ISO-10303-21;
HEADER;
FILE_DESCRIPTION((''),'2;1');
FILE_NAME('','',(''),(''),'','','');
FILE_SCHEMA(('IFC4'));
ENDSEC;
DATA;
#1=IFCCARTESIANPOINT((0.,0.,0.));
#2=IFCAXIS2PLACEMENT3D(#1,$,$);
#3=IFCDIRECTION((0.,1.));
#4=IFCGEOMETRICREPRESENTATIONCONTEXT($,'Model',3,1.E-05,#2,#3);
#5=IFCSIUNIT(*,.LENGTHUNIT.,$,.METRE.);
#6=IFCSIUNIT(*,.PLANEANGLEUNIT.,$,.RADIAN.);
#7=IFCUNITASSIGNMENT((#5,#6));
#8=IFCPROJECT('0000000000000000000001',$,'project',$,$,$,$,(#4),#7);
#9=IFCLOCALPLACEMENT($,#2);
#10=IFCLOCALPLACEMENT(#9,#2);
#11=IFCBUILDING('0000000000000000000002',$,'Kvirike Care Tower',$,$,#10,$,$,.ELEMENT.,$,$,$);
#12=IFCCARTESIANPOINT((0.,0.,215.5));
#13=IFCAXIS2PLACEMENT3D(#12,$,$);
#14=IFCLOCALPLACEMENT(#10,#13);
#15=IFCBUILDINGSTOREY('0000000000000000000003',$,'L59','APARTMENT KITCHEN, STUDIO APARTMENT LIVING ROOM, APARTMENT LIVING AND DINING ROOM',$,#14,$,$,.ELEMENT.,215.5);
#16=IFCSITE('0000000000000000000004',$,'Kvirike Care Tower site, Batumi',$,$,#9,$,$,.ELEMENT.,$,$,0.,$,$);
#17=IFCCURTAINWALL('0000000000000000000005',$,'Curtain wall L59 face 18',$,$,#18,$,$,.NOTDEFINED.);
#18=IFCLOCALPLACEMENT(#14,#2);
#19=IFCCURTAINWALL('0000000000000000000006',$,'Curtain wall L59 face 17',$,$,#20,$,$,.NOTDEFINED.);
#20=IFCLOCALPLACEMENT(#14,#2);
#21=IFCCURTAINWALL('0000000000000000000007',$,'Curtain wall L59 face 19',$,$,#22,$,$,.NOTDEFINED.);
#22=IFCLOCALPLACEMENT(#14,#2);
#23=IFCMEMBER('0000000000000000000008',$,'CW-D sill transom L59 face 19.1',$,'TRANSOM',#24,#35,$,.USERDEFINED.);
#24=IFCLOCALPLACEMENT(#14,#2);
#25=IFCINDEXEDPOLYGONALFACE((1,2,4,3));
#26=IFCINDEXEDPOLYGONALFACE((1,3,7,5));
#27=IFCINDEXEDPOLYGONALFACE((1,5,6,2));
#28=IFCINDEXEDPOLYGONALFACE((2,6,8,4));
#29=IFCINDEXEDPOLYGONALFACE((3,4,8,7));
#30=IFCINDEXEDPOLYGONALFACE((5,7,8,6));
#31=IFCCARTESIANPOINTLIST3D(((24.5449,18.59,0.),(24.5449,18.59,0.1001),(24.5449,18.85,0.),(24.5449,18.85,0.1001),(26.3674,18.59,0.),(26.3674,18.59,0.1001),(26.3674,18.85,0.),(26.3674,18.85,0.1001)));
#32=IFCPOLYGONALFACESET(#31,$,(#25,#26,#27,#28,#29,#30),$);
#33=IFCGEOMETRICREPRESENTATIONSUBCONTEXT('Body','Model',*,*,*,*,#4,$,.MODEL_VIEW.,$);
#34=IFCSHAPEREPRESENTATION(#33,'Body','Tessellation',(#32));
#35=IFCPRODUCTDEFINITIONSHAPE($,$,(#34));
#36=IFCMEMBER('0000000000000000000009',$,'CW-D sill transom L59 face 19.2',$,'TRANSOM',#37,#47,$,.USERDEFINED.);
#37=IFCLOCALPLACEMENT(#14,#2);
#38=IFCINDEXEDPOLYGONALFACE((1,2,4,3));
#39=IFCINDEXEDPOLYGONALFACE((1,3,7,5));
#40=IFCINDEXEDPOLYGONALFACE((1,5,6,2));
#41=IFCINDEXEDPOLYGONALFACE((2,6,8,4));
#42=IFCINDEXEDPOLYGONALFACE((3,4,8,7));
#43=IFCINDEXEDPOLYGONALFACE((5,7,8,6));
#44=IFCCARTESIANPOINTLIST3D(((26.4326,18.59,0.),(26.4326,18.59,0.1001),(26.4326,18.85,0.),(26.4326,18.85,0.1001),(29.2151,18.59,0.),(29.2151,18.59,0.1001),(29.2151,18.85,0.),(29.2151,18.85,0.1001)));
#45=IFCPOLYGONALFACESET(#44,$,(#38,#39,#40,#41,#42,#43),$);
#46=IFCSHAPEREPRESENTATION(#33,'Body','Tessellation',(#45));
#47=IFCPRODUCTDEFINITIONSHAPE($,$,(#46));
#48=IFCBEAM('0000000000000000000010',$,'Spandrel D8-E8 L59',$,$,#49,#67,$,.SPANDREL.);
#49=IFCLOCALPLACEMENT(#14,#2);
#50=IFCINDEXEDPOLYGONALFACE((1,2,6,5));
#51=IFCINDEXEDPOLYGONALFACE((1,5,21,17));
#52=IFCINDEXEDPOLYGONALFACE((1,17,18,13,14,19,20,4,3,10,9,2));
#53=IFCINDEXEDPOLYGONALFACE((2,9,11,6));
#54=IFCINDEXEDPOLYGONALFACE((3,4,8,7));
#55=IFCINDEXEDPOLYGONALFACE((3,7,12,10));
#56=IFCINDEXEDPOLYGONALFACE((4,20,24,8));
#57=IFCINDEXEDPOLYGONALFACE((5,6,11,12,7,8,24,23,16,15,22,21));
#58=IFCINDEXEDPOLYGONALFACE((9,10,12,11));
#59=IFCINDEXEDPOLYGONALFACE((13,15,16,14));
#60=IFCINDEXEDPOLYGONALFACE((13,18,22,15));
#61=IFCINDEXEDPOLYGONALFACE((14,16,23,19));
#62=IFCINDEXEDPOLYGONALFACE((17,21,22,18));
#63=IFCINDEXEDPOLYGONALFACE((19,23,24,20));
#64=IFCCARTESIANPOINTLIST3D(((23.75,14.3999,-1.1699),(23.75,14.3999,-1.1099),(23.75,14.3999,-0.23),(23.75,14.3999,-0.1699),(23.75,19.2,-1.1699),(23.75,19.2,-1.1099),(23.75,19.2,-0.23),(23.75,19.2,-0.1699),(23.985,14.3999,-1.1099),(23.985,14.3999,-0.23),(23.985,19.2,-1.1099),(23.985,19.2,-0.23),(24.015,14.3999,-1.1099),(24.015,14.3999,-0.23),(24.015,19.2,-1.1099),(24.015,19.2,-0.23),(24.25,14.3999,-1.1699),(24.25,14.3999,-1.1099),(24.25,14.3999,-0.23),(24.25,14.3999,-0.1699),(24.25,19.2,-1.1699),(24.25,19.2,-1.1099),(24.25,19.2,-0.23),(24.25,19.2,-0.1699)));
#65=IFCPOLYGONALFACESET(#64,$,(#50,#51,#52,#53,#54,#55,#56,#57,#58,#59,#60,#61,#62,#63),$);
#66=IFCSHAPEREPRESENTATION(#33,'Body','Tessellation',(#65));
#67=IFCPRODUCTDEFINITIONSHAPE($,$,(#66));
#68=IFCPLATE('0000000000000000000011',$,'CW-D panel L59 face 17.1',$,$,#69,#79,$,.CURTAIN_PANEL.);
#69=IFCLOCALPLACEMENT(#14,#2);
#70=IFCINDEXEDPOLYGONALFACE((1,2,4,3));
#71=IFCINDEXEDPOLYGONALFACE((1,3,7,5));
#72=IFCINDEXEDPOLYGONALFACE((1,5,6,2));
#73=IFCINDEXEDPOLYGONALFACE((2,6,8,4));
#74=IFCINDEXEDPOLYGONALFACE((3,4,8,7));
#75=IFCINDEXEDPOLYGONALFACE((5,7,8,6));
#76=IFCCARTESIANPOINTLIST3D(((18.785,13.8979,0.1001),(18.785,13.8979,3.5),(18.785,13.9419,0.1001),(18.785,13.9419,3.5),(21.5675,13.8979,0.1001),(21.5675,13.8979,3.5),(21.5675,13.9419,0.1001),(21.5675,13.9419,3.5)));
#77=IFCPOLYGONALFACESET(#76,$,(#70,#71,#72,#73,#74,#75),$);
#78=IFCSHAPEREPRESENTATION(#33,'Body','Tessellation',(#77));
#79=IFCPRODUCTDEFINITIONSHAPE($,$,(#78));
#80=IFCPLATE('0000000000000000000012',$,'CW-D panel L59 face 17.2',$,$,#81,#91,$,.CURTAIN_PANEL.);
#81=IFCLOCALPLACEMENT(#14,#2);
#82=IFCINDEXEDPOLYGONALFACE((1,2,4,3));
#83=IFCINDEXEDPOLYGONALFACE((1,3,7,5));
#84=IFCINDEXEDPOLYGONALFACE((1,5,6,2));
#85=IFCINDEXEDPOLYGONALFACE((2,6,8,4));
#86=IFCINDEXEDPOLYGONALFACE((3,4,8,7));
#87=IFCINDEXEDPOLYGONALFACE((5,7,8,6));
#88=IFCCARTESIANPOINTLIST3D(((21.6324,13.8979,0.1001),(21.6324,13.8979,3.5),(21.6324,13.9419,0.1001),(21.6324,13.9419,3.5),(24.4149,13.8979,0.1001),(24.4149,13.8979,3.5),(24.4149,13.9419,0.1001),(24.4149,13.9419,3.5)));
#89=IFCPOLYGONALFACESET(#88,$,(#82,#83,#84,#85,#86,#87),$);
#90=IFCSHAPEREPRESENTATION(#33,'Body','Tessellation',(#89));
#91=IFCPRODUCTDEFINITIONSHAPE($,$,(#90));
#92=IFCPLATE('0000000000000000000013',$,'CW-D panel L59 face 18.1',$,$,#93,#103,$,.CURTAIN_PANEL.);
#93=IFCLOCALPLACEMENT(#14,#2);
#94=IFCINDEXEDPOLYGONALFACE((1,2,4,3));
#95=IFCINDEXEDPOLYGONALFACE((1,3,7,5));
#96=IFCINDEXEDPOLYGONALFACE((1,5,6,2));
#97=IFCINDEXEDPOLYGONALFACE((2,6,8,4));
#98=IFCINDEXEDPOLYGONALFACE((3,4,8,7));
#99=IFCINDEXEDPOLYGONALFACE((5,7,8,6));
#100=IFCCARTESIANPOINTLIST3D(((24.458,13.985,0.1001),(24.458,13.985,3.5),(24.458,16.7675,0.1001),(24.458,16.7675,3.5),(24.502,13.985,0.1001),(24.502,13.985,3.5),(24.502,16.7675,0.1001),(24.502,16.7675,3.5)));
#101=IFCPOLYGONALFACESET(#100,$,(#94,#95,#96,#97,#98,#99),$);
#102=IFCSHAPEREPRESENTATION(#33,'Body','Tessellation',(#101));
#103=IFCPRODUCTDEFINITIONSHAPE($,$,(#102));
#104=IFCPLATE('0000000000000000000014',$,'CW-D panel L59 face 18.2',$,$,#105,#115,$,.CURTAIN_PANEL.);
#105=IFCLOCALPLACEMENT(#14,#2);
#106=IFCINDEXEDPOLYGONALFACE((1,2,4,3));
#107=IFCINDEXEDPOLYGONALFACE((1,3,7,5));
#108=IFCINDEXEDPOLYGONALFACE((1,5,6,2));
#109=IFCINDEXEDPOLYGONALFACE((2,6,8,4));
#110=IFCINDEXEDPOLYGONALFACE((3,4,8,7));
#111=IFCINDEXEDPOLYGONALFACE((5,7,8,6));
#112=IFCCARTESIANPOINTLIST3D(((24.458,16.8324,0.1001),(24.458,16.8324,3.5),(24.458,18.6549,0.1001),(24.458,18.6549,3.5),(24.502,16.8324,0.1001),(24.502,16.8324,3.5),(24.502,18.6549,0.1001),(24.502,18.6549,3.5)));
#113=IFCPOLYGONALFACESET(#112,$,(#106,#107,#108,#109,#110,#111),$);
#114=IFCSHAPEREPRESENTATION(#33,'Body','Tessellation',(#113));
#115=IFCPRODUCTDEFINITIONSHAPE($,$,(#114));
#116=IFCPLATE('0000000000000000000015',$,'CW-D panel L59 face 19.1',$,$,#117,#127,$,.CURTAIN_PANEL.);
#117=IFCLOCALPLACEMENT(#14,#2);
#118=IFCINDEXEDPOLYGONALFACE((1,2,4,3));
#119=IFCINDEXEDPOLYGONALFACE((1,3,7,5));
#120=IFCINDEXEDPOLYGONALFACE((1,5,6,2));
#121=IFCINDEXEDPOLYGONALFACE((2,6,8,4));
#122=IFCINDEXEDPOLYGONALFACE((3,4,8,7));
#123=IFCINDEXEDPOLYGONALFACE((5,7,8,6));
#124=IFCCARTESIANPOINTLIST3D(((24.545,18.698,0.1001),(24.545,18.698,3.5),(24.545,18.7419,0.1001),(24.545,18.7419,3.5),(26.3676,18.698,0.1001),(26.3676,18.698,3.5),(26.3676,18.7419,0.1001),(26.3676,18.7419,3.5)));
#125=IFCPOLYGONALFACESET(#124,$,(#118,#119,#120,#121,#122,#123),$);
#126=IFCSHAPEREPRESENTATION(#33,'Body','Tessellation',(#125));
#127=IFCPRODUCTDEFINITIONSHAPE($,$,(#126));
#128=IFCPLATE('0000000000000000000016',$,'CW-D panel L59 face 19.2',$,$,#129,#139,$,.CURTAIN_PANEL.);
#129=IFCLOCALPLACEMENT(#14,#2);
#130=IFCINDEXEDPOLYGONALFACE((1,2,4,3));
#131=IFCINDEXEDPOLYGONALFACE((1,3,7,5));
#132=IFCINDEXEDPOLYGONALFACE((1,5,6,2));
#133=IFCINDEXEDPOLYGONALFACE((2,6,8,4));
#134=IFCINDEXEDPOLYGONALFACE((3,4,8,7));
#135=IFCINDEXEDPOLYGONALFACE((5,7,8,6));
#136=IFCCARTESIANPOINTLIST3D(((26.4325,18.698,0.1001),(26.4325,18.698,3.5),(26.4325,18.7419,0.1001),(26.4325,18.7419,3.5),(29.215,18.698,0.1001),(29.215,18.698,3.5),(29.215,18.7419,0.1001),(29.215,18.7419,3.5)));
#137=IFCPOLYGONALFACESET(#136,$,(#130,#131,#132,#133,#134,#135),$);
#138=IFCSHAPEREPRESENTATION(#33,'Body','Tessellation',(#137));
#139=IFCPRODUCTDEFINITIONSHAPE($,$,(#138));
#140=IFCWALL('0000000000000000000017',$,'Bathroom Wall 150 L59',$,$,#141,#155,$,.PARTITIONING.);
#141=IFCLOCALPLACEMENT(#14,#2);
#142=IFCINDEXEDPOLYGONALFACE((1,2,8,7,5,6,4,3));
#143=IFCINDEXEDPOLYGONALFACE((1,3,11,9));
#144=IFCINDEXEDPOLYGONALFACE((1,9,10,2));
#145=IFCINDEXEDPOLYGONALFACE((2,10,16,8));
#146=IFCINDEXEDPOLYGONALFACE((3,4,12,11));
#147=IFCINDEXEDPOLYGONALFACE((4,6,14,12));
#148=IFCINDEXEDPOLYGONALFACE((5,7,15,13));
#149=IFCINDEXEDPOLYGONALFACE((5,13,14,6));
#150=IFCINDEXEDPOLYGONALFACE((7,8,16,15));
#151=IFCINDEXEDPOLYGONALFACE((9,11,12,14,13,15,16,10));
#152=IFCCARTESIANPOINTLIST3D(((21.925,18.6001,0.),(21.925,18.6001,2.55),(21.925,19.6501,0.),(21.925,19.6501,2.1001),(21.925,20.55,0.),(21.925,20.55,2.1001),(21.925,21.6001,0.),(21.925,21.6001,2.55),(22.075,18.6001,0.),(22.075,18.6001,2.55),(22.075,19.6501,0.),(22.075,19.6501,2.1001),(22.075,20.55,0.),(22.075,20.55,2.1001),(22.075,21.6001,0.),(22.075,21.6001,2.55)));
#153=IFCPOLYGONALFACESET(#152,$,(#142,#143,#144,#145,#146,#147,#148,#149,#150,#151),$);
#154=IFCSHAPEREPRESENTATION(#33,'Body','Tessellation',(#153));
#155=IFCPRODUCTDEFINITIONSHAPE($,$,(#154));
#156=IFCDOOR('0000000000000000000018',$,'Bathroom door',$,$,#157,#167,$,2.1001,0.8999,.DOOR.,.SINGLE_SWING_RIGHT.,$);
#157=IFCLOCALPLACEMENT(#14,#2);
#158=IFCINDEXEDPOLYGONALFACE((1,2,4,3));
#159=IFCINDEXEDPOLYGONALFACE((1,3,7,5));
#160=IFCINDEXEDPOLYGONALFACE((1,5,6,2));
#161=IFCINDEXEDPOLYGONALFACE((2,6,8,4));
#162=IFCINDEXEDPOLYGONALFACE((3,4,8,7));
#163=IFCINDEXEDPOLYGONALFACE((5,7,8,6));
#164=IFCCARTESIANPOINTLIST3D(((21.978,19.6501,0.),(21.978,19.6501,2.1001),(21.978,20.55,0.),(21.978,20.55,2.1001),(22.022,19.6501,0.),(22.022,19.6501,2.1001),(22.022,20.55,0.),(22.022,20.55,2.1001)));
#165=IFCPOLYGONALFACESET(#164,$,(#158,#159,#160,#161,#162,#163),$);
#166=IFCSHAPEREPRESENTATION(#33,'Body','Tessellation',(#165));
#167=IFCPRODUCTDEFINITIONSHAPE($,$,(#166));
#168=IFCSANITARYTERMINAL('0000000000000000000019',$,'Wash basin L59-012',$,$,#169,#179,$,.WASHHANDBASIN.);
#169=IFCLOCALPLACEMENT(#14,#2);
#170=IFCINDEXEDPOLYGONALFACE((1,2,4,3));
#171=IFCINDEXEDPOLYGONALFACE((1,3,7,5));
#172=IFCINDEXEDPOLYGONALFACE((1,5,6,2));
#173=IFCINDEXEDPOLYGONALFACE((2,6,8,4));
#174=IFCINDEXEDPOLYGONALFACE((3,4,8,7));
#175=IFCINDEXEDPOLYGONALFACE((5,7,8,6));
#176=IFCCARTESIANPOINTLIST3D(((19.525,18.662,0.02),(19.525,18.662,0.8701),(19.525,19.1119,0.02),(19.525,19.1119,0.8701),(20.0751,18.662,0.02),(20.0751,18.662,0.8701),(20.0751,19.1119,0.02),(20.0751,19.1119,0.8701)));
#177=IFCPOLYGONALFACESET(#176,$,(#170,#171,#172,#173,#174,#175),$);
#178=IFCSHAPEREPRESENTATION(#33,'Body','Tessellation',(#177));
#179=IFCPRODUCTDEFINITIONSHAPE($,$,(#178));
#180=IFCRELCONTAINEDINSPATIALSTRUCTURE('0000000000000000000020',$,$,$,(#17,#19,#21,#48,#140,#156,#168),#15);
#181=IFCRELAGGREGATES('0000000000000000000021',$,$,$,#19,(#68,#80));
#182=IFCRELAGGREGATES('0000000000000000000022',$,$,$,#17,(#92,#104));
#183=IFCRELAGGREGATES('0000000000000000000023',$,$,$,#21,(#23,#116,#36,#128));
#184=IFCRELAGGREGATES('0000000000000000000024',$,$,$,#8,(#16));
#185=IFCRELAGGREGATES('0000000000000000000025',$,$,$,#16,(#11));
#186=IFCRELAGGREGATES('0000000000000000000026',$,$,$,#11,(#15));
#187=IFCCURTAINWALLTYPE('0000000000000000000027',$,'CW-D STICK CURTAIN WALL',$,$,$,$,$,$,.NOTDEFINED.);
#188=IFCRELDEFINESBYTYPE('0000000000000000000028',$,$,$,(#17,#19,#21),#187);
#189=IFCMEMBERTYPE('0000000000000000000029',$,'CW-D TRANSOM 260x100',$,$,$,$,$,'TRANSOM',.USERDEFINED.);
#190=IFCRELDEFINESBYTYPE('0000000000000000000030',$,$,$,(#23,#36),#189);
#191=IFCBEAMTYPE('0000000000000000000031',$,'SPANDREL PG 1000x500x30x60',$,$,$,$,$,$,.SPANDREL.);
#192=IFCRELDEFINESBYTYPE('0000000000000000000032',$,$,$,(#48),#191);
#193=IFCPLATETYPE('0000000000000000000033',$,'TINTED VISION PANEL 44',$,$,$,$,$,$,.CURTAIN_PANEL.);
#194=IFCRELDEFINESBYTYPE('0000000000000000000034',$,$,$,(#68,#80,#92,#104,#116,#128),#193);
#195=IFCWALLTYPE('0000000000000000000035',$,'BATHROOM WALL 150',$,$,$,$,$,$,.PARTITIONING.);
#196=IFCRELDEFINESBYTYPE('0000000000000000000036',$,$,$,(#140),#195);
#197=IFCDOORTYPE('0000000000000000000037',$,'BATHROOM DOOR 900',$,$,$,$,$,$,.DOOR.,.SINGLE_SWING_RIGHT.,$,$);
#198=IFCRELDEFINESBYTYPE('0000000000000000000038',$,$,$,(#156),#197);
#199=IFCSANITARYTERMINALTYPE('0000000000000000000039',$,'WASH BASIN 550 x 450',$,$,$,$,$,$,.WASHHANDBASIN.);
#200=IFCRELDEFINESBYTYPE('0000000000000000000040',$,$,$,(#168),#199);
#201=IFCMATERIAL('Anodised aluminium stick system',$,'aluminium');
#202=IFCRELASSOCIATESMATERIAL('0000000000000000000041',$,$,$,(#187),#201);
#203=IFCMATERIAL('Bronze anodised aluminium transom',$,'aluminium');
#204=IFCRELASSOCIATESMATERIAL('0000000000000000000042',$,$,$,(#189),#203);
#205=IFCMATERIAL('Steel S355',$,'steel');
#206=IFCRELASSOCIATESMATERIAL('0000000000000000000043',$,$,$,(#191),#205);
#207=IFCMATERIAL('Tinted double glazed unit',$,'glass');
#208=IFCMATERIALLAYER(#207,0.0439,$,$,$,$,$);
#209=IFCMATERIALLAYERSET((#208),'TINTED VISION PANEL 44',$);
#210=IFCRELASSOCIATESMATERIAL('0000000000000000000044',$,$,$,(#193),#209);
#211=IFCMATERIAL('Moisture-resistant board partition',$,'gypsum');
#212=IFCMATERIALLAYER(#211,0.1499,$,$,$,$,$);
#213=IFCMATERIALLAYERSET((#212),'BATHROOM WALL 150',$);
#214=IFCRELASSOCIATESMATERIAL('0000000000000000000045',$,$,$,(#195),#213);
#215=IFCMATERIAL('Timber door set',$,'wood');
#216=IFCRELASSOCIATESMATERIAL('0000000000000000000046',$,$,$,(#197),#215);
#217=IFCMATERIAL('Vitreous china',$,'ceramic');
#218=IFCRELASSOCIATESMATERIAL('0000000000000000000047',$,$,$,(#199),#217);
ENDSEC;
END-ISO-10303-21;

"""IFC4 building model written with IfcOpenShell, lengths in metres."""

from ifc_helpers import new_model, si_unit, direction, frame, frame_2d, origin, origin_2d, place, context, subcontext, project, spatial, rectangle, i_section, extrude, material, layer, layer_set, material_profile, profile_set, type_object, element, fill, aggregate, save


model = new_model("IFC4")

# Units and contexts
model_context = context("Model", 3, precision=1e-05, world=origin(), true_north=direction((0.0, 1.0)))
body_context = subcontext(model_context, "Body", "Model", "MODEL_VIEW")
ifc_project = project(units=[si_unit("LENGTHUNIT", "METRE"), si_unit("PLANEANGLEUNIT", "RADIAN")], contexts=[model_context])

# Site, building, storey
site_placement = place(None, origin())
site = spatial("IfcSite", under=ifc_project, at=site_placement, Name="Kvirike Care Tower site, Batumi", CompositionType="ELEMENT", RefElevation=0.0)
building_placement = place(site_placement, origin())
building = spatial("IfcBuilding", under=site, at=building_placement, Name="Kvirike Care Tower", CompositionType="ELEMENT")
storey_placement = place(building_placement, frame((0.0, 0.0, 215.5)))
storey = spatial("IfcBuildingStorey", under=building, at=storey_placement, Name="L59", Description="APARTMENT KITCHEN, STUDIO APARTMENT LIVING ROOM, APARTMENT LIVING AND DINING ROOM", CompositionType="ELEMENT", Elevation=215.5)

# Curtain wall
ifc_material_1 = material(Name="Anodised aluminium stick system", Category="aluminium")
curtain_wall_type = type_object("IfcCurtainWallType", Name="CW-D STICK CURTAIN WALL", PredefinedType="NOTDEFINED", material=ifc_material_1)
curtain_wall_1_placement = place(storey_placement, origin())
curtain_wall_1 = element("IfcCurtainWall", 1, at=curtain_wall_1_placement, inside=storey, type_object=curtain_wall_type, Name="Curtain wall L59 face 18", PredefinedType="NOTDEFINED")

# Curtain wall
curtain_wall_2_placement = place(storey_placement, origin())
curtain_wall_2 = element("IfcCurtainWall", 2, at=curtain_wall_2_placement, inside=storey, type_object=curtain_wall_type, Name="Curtain wall L59 face 17", PredefinedType="NOTDEFINED")

# Curtain wall
curtain_wall_3_placement = place(storey_placement, origin())
curtain_wall_3 = element("IfcCurtainWall", 3, at=curtain_wall_3_placement, inside=storey, type_object=curtain_wall_type, Name="Curtain wall L59 face 19", PredefinedType="NOTDEFINED")

# Members
ifc_material_2 = material(Name="Bronze anodised aluminium transom", Category="aluminium")
ifc_material_profile_1 = material_profile(ifc_material_2, rectangle(XDim=0.26, YDim=0.1001, at=origin_2d()), Name="CW-D TRANSOM 260x100")
ifc_profile_set_1 = profile_set([ifc_material_profile_1], Name="Bronze anodised aluminium transom")
member_type_1 = type_object("IfcMemberType", Name="CW-D TRANSOM 260x100", ElementType="TRANSOM", PredefinedType="USERDEFINED", material=ifc_profile_set_1)
member_1_placement = place(storey_placement, frame((24.5449, 18.72, 0.05), z_axis=(1.0, 0.0, 0.0), x_axis=(0.0, 1.0, 0.0)))
member_1 = element("IfcMember", 4, at=member_1_placement, type_object=member_type_1, Name="CW-D sill transom L59 face 19.1", ObjectType="TRANSOM", PredefinedType="USERDEFINED", context=body_context, shape_type="SweptSolid", body=[
    extrude(rectangle(XDim=0.26, YDim=0.1001, at=origin_2d()), origin(), (0.0, 0.0, 1.0), 1.8225),
])
member_2_placement = place(storey_placement, frame((26.4326, 18.72, 0.05), z_axis=(1.0, 0.0, 0.0), x_axis=(0.0, 1.0, 0.0)))
member_2 = element("IfcMember", 5, at=member_2_placement, type_object=member_type_1, Name="CW-D sill transom L59 face 19.2", ObjectType="TRANSOM", PredefinedType="USERDEFINED", context=body_context, shape_type="SweptSolid", body=[
    extrude(rectangle(XDim=0.26, YDim=0.1001, at=origin_2d()), origin(), (0.0, 0.0, 1.0), 2.7825),
])

# Beam
ifc_material_3 = material(Name="Steel S355", Category="steel")
ifc_material_profile_2 = material_profile(ifc_material_3, i_section(OverallWidth=0.5, OverallDepth=1.0, WebThickness=0.03, FlangeThickness=0.0601, at=origin_2d()), Name="PG 1000x500x30x60")
ifc_profile_set_2 = profile_set([ifc_material_profile_2], Name="Steel S355")
beam_type = type_object("IfcBeamType", Name="SPANDREL PG 1000x500x30x60", PredefinedType="SPANDREL", material=ifc_profile_set_2)
beam_placement = place(storey_placement, frame((24.0, 14.3999, -0.6699), z_axis=(0.0, 1.0, 0.0), x_axis=(-1.0, 0.0, 0.0)))
element("IfcBeam", 6, at=beam_placement, inside=storey, type_object=beam_type, Name="Spandrel D8-E8 L59", PredefinedType="SPANDREL", context=body_context, shape_type="SweptSolid", body=[
    extrude(i_section(OverallWidth=0.5, OverallDepth=1.0, WebThickness=0.03, FlangeThickness=0.0601, at=origin_2d()), origin(), (0.0, 0.0, 1.0), 4.8),
])

# Plates
ifc_material_4 = material(Name="Tinted double glazed unit", Category="glass")
ifc_layer_1 = layer(ifc_material_4, 0.0439)
ifc_layer_set_1 = layer_set([ifc_layer_1], Name="TINTED VISION PANEL 44")
plate_type = type_object("IfcPlateType", Name="TINTED VISION PANEL 44", PredefinedType="CURTAIN_PANEL", material=ifc_layer_set_1)
plate_1_placement = place(storey_placement, frame((20.1763, 13.9199, 0.1001), z_axis=(0.0, 0.0, 1.0), x_axis=(1.0, 0.0, 0.0)))
plate_1 = element("IfcPlate", 7, at=plate_1_placement, type_object=plate_type, Name="CW-D panel L59 face 17.1", PredefinedType="CURTAIN_PANEL", context=body_context, shape_type="SweptSolid", body=[
    extrude(rectangle(XDim=2.7825, YDim=0.0439, at=origin_2d()), origin(), (0.0, 0.0, 1.0), 3.3999),
])
plate_2_placement = place(storey_placement, frame((23.0237, 13.9199, 0.1001), z_axis=(0.0, 0.0, 1.0), x_axis=(1.0, 0.0, 0.0)))
plate_2 = element("IfcPlate", 8, at=plate_2_placement, type_object=plate_type, Name="CW-D panel L59 face 17.2", PredefinedType="CURTAIN_PANEL", context=body_context, shape_type="SweptSolid", body=[
    extrude(rectangle(XDim=2.7825, YDim=0.0439, at=origin_2d()), origin(), (0.0, 0.0, 1.0), 3.3999),
])
aggregate(curtain_wall_2, [plate_1, plate_2])
plate_3_placement = place(storey_placement, frame((24.48, 15.3762, 0.1001), z_axis=(0.0, 0.0, 1.0), x_axis=(0.0, 1.0, 0.0)))
plate_3 = element("IfcPlate", 9, at=plate_3_placement, type_object=plate_type, Name="CW-D panel L59 face 18.1", PredefinedType="CURTAIN_PANEL", context=body_context, shape_type="SweptSolid", body=[
    extrude(rectangle(XDim=2.7825, YDim=0.0439, at=origin_2d()), origin(), (0.0, 0.0, 1.0), 3.3999),
])
plate_4_placement = place(storey_placement, frame((24.48, 17.7437, 0.1001), z_axis=(0.0, 0.0, 1.0), x_axis=(0.0, 1.0, 0.0)))
plate_4 = element("IfcPlate", 10, at=plate_4_placement, type_object=plate_type, Name="CW-D panel L59 face 18.2", PredefinedType="CURTAIN_PANEL", context=body_context, shape_type="SweptSolid", body=[
    extrude(rectangle(XDim=1.8225, YDim=0.0439, at=origin_2d()), origin(), (0.0, 0.0, 1.0), 3.3999),
])
aggregate(curtain_wall_1, [plate_3, plate_4])
plate_5_placement = place(storey_placement, frame((25.4563, 18.72, 0.1001), z_axis=(0.0, 0.0, 1.0), x_axis=(1.0, 0.0, 0.0)))
plate_5 = element("IfcPlate", 11, at=plate_5_placement, type_object=plate_type, Name="CW-D panel L59 face 19.1", PredefinedType="CURTAIN_PANEL", context=body_context, shape_type="SweptSolid", body=[
    extrude(rectangle(XDim=1.8225, YDim=0.0439, at=origin_2d()), origin(), (0.0, 0.0, 1.0), 3.3999),
])
plate_6_placement = place(storey_placement, frame((27.8237, 18.72, 0.1001), z_axis=(0.0, 0.0, 1.0), x_axis=(1.0, 0.0, 0.0)))
plate_6 = element("IfcPlate", 12, at=plate_6_placement, type_object=plate_type, Name="CW-D panel L59 face 19.2", PredefinedType="CURTAIN_PANEL", context=body_context, shape_type="SweptSolid", body=[
    extrude(rectangle(XDim=2.7825, YDim=0.0439, at=origin_2d()), origin(), (0.0, 0.0, 1.0), 3.3999),
])
aggregate(curtain_wall_3, [member_1, plate_5, member_2, plate_6])

# Wall, opening, door
ifc_material_5 = material(Name="Moisture-resistant board partition", Category="gypsum")
ifc_layer_2 = layer(ifc_material_5, 0.1499)
ifc_layer_set_2 = layer_set([ifc_layer_2], Name="BATHROOM WALL 150")
wall_type = type_object("IfcWallType", Name="BATHROOM WALL 150", PredefinedType="PARTITIONING", material=ifc_layer_set_2)
wall_placement = place(storey_placement, frame((22.0, 18.6001, 0.0), z_axis=(0.0, 0.0, 1.0), x_axis=(0.0, 1.0, 0.0)))
wall = element("IfcWall", 13, at=wall_placement, inside=storey, type_object=wall_type, Name="Bathroom Wall 150 L59", PredefinedType="PARTITIONING", context=body_context, shape_type="SweptSolid", body=[
    extrude(rectangle(XDim=3.0, YDim=0.1499, at=frame_2d((1.5, 0.0))), origin(), (0.0, 0.0, 1.0), 2.55),
])
opening_placement = place(wall_placement, frame((1.05, 0.0, 0.0)))
opening = element("IfcOpeningElement", 14, at=opening_placement, cuts=wall, PredefinedType="OPENING", context=body_context, shape_type="SweptSolid", body=[
    extrude(rectangle(XDim=0.8999, YDim=2.1001, at=frame_2d((0.45, 1.05))), frame((0.0, 0.0854, 0.0), z_axis=(0.0, -1.0, 0.0), x_axis=(1.0, 0.0, 0.0)), (0.0, 0.0, 1.0), 0.1709),
])
ifc_material_6 = material(Name="Timber door set", Category="wood")
door_type = type_object("IfcDoorType", Name="BATHROOM DOOR 900", OperationType="SINGLE_SWING_RIGHT", PredefinedType="DOOR", material=ifc_material_6)
door_placement = place(opening_placement, origin())
door = element("IfcDoor", 15, at=door_placement, inside=storey, type_object=door_type, Name="Bathroom door", OperationType="SINGLE_SWING_RIGHT", OverallHeight=2.1001, OverallWidth=0.8999, PredefinedType="DOOR", context=body_context, shape_type="SweptSolid", body=[
    extrude(rectangle(XDim=0.8999, YDim=2.1001, at=frame_2d((0.45, 1.05))), frame((0.0, 0.022, 0.0), z_axis=(0.0, -1.0, 0.0), x_axis=(1.0, 0.0, 0.0)), (0.0, 0.0, 1.0), 0.0439),
])
fill(opening, door)

# Sanitary terminal
ifc_material_7 = material(Name="Vitreous china", Category="ceramic")
sanitary_terminal_type = type_object("IfcSanitaryTerminalType", Name="WASH BASIN 550 x 450", PredefinedType="WASHHANDBASIN", material=ifc_material_7)
sanitary_terminal_placement = place(storey_placement, frame((19.8, 18.887, 0.02), z_axis=(0.0, 0.0, 1.0), x_axis=(-1.0, 0.0, 0.0)))
element("IfcSanitaryTerminal", 16, at=sanitary_terminal_placement, inside=storey, type_object=sanitary_terminal_type, Name="Wash basin L59-012", PredefinedType="WASHHANDBASIN", context=body_context, shape_type="SweptSolid", body=[
    extrude(rectangle(XDim=0.55, YDim=0.45, at=origin_2d()), origin(), (0.0, 0.0, 1.0), 0.8501),
])

save(model, "model.ifc")
